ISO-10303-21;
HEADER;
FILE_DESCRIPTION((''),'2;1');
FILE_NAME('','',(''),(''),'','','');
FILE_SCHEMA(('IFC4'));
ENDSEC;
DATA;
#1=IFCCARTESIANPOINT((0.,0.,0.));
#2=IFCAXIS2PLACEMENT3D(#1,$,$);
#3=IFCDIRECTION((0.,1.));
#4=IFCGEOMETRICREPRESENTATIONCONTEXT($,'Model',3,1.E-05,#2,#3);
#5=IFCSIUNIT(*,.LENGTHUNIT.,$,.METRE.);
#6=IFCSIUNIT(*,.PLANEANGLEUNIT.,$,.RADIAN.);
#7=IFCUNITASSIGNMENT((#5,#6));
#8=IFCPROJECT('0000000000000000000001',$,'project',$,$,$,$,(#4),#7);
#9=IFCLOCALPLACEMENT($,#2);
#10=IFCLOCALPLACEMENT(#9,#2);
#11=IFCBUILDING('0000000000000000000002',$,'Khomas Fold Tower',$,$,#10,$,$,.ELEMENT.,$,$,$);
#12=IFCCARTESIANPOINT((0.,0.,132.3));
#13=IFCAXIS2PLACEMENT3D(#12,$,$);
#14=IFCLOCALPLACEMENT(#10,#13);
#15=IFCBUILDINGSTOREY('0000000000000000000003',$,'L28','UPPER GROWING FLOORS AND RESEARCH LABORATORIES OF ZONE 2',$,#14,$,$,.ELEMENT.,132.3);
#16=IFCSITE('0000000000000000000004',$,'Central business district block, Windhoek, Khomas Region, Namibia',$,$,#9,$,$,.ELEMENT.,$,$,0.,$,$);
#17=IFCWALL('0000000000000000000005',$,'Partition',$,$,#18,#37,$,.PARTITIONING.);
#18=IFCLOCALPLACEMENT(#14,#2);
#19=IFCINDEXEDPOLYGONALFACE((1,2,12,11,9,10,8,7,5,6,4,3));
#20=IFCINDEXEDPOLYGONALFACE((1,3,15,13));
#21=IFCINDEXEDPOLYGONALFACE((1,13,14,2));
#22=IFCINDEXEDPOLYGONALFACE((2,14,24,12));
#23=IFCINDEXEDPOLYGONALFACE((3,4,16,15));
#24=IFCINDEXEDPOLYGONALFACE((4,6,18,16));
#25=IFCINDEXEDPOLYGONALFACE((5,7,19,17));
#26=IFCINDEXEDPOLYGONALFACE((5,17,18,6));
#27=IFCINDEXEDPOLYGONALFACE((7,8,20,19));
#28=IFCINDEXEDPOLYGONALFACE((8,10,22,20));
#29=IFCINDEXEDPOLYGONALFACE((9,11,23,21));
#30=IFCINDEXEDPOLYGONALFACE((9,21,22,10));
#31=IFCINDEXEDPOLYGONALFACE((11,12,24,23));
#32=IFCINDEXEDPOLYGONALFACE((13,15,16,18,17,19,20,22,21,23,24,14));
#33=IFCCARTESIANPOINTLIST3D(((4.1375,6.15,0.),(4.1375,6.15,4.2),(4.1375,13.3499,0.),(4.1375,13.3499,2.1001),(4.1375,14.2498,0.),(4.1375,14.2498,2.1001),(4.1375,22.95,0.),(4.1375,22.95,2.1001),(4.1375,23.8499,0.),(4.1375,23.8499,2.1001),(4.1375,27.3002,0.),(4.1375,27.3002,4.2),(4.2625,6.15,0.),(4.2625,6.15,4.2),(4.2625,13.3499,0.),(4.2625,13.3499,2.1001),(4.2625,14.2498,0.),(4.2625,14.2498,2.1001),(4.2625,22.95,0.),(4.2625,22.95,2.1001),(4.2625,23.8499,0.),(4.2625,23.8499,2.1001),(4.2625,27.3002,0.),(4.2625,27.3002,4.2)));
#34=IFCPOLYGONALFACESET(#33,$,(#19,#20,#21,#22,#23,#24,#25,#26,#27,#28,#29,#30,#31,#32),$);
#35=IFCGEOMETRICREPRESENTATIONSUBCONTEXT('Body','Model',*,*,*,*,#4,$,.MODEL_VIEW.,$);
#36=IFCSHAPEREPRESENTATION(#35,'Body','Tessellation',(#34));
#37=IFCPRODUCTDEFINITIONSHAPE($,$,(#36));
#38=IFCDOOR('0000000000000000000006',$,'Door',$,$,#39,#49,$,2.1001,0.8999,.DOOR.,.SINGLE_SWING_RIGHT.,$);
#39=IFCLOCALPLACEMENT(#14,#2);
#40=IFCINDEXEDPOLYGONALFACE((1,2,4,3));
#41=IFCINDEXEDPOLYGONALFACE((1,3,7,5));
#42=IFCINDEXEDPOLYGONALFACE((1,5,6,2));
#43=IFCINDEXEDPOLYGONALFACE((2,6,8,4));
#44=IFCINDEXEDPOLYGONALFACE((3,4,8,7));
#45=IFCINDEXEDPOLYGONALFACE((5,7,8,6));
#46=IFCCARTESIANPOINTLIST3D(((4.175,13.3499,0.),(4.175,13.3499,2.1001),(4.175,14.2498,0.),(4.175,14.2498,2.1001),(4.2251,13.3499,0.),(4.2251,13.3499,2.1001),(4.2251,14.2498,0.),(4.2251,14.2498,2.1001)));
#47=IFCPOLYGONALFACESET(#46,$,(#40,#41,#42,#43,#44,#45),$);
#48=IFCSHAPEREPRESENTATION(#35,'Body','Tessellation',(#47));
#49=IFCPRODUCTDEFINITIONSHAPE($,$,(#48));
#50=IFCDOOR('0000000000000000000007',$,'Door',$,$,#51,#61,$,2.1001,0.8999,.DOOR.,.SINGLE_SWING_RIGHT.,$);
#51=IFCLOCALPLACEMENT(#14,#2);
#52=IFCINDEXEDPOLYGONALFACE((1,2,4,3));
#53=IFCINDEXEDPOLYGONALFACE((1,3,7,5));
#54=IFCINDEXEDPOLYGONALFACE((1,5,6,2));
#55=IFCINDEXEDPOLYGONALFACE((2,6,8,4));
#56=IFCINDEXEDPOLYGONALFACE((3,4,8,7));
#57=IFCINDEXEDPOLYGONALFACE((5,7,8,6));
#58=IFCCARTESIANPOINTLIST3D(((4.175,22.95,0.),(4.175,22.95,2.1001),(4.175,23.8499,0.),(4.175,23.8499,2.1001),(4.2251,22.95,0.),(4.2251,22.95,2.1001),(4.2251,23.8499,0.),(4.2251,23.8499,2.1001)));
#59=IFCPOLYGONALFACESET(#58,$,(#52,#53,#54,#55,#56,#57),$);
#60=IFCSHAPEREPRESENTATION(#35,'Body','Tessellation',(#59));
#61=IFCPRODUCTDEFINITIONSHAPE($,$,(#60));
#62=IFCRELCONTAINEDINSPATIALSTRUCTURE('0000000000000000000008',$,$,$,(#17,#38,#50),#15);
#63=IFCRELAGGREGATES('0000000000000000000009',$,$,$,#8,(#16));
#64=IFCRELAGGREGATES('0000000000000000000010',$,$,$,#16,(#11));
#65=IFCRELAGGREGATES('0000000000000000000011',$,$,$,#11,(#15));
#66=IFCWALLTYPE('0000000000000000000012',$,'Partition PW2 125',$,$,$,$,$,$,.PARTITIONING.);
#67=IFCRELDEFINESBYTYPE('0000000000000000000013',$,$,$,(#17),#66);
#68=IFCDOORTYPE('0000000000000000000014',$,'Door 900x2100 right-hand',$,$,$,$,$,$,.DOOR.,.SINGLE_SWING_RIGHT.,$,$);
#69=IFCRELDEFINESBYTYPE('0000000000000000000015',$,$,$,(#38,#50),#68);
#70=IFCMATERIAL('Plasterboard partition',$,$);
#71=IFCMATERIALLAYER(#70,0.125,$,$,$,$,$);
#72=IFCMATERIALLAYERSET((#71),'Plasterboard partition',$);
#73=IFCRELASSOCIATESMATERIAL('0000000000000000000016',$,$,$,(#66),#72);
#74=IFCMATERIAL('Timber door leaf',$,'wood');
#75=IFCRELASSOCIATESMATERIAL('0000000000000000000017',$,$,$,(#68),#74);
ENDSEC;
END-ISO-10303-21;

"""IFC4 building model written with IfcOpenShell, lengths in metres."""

from ifc_helpers import new_model, si_unit, direction, frame, frame_2d, origin, place, context, subcontext, project, spatial, rectangle, extrude, source, transform, mapped, material, layer, layer_set, type_object, element, fill, save


model = new_model("IFC4")

# Units and contexts
model_context = context("Model", 3, precision=1e-05, world=origin(), true_north=direction((0.0, 1.0)))
body_context = subcontext(model_context, "Body", "Model", "MODEL_VIEW")
ifc_project = project(units=[si_unit("LENGTHUNIT", "METRE"), si_unit("PLANEANGLEUNIT", "RADIAN")], contexts=[model_context])

# Site, building, storey
site_placement = place(None, origin())
site = spatial("IfcSite", under=ifc_project, at=site_placement, Name="Central business district block, Windhoek, Khomas Region, Namibia", CompositionType="ELEMENT", RefElevation=0.0)
building_placement = place(site_placement, origin())
building = spatial("IfcBuilding", under=site, at=building_placement, Name="Khomas Fold Tower", CompositionType="ELEMENT")
storey_placement = place(building_placement, frame((0.0, 0.0, 132.3)))
storey = spatial("IfcBuildingStorey", under=building, at=storey_placement, Name="L28", Description="UPPER GROWING FLOORS AND RESEARCH LABORATORIES OF ZONE 2", CompositionType="ELEMENT", Elevation=132.3)

# Shared definitions
ifc_material_1 = material(Name="Plasterboard partition")
ifc_layer_1 = layer(ifc_material_1, 0.125)
ifc_layer_set_1 = layer_set([ifc_layer_1], Name="Plasterboard partition")
wall_type_1 = type_object("IfcWallType", Name="Partition PW2 125", PredefinedType="PARTITIONING", material=ifc_layer_set_1)
shared_shape_1 = source(origin(), body_context, "Body", "SweptSolid", [
    extrude(rectangle(XDim=0.8999, YDim=2.1001, at=frame_2d((0.45, 1.05))), frame((0.0, 0.0725, 0.0), z_axis=(0.0, -1.0, 0.0), x_axis=(1.0, 0.0, 0.0)), (0.0, 0.0, 1.0), 0.145),
])
ifc_material_2 = material(Name="Timber door leaf", Category="wood")
door_type = type_object("IfcDoorType", Name="Door 900x2100 right-hand", OperationType="SINGLE_SWING_RIGHT", PredefinedType="DOOR", material=ifc_material_2)
shared_shape_2 = source(origin(), body_context, "Body", "SweptSolid", [
    extrude(rectangle(XDim=0.8999, YDim=2.1001, at=frame_2d((0.45, 1.05))), frame((0.0, 0.0249, 0.0), z_axis=(0.0, -1.0, 0.0), x_axis=(1.0, 0.0, 0.0)), (0.0, 0.0, 1.0), 0.05),
])

# Wall, openings, doors
shared_shape_3 = source(origin(), body_context, "Body", "SweptSolid", [
    extrude(rectangle(XDim=21.1501, YDim=0.125, at=frame_2d((10.5752, 0.0))), origin(), (0.0, 0.0, 1.0), 4.2),
])
wall_1_placement = place(storey_placement, frame((4.2, 6.1499, 0.0), z_axis=(0.0, 0.0, 1.0), x_axis=(0.0, 1.0, 0.0)))
wall_1 = element("IfcWall", 1, at=wall_1_placement, inside=storey, type_object=wall_type_1, Name="Partition", PredefinedType="PARTITIONING", context=body_context, shape_type="MappedRepresentation", body=[
    mapped(shared_shape_3, transform((0.0, 0.0, 0.0))),
])
opening_1_placement = place(wall_1_placement, frame((7.2, 0.0, 0.0)))
opening_1 = element("IfcOpeningElement", 2, at=opening_1_placement, cuts=wall_1, PredefinedType="OPENING", context=body_context, shape_type="MappedRepresentation", body=[
    mapped(shared_shape_1, transform((0.0, 0.0, 0.0))),
])
opening_2_placement = place(wall_1_placement, frame((16.8, 0.0, 0.0)))
opening_2 = element("IfcOpeningElement", 3, at=opening_2_placement, cuts=wall_1, PredefinedType="OPENING", context=body_context, shape_type="MappedRepresentation", body=[
    mapped(shared_shape_1, transform((0.0, 0.0, 0.0))),
])
door_1_placement = place(opening_1_placement, origin())
door_1 = element("IfcDoor", 4, at=door_1_placement, inside=storey, type_object=door_type, Name="Door", OperationType="SINGLE_SWING_RIGHT", OverallHeight=2.1001, OverallWidth=0.8999, PredefinedType="DOOR", context=body_context, shape_type="MappedRepresentation", body=[
    mapped(shared_shape_2, transform((0.0, 0.0, 0.0))),
])
fill(opening_1, door_1)
door_2_placement = place(opening_2_placement, origin())
door_2 = element("IfcDoor", 5, at=door_2_placement, inside=storey, type_object=door_type, Name="Door", OperationType="SINGLE_SWING_RIGHT", OverallHeight=2.1001, OverallWidth=0.8999, PredefinedType="DOOR", context=body_context, shape_type="MappedRepresentation", body=[
    mapped(shared_shape_2, transform((0.0, 0.0, 0.0))),
])
fill(opening_2, door_2)

save(model, "model.ifc")
